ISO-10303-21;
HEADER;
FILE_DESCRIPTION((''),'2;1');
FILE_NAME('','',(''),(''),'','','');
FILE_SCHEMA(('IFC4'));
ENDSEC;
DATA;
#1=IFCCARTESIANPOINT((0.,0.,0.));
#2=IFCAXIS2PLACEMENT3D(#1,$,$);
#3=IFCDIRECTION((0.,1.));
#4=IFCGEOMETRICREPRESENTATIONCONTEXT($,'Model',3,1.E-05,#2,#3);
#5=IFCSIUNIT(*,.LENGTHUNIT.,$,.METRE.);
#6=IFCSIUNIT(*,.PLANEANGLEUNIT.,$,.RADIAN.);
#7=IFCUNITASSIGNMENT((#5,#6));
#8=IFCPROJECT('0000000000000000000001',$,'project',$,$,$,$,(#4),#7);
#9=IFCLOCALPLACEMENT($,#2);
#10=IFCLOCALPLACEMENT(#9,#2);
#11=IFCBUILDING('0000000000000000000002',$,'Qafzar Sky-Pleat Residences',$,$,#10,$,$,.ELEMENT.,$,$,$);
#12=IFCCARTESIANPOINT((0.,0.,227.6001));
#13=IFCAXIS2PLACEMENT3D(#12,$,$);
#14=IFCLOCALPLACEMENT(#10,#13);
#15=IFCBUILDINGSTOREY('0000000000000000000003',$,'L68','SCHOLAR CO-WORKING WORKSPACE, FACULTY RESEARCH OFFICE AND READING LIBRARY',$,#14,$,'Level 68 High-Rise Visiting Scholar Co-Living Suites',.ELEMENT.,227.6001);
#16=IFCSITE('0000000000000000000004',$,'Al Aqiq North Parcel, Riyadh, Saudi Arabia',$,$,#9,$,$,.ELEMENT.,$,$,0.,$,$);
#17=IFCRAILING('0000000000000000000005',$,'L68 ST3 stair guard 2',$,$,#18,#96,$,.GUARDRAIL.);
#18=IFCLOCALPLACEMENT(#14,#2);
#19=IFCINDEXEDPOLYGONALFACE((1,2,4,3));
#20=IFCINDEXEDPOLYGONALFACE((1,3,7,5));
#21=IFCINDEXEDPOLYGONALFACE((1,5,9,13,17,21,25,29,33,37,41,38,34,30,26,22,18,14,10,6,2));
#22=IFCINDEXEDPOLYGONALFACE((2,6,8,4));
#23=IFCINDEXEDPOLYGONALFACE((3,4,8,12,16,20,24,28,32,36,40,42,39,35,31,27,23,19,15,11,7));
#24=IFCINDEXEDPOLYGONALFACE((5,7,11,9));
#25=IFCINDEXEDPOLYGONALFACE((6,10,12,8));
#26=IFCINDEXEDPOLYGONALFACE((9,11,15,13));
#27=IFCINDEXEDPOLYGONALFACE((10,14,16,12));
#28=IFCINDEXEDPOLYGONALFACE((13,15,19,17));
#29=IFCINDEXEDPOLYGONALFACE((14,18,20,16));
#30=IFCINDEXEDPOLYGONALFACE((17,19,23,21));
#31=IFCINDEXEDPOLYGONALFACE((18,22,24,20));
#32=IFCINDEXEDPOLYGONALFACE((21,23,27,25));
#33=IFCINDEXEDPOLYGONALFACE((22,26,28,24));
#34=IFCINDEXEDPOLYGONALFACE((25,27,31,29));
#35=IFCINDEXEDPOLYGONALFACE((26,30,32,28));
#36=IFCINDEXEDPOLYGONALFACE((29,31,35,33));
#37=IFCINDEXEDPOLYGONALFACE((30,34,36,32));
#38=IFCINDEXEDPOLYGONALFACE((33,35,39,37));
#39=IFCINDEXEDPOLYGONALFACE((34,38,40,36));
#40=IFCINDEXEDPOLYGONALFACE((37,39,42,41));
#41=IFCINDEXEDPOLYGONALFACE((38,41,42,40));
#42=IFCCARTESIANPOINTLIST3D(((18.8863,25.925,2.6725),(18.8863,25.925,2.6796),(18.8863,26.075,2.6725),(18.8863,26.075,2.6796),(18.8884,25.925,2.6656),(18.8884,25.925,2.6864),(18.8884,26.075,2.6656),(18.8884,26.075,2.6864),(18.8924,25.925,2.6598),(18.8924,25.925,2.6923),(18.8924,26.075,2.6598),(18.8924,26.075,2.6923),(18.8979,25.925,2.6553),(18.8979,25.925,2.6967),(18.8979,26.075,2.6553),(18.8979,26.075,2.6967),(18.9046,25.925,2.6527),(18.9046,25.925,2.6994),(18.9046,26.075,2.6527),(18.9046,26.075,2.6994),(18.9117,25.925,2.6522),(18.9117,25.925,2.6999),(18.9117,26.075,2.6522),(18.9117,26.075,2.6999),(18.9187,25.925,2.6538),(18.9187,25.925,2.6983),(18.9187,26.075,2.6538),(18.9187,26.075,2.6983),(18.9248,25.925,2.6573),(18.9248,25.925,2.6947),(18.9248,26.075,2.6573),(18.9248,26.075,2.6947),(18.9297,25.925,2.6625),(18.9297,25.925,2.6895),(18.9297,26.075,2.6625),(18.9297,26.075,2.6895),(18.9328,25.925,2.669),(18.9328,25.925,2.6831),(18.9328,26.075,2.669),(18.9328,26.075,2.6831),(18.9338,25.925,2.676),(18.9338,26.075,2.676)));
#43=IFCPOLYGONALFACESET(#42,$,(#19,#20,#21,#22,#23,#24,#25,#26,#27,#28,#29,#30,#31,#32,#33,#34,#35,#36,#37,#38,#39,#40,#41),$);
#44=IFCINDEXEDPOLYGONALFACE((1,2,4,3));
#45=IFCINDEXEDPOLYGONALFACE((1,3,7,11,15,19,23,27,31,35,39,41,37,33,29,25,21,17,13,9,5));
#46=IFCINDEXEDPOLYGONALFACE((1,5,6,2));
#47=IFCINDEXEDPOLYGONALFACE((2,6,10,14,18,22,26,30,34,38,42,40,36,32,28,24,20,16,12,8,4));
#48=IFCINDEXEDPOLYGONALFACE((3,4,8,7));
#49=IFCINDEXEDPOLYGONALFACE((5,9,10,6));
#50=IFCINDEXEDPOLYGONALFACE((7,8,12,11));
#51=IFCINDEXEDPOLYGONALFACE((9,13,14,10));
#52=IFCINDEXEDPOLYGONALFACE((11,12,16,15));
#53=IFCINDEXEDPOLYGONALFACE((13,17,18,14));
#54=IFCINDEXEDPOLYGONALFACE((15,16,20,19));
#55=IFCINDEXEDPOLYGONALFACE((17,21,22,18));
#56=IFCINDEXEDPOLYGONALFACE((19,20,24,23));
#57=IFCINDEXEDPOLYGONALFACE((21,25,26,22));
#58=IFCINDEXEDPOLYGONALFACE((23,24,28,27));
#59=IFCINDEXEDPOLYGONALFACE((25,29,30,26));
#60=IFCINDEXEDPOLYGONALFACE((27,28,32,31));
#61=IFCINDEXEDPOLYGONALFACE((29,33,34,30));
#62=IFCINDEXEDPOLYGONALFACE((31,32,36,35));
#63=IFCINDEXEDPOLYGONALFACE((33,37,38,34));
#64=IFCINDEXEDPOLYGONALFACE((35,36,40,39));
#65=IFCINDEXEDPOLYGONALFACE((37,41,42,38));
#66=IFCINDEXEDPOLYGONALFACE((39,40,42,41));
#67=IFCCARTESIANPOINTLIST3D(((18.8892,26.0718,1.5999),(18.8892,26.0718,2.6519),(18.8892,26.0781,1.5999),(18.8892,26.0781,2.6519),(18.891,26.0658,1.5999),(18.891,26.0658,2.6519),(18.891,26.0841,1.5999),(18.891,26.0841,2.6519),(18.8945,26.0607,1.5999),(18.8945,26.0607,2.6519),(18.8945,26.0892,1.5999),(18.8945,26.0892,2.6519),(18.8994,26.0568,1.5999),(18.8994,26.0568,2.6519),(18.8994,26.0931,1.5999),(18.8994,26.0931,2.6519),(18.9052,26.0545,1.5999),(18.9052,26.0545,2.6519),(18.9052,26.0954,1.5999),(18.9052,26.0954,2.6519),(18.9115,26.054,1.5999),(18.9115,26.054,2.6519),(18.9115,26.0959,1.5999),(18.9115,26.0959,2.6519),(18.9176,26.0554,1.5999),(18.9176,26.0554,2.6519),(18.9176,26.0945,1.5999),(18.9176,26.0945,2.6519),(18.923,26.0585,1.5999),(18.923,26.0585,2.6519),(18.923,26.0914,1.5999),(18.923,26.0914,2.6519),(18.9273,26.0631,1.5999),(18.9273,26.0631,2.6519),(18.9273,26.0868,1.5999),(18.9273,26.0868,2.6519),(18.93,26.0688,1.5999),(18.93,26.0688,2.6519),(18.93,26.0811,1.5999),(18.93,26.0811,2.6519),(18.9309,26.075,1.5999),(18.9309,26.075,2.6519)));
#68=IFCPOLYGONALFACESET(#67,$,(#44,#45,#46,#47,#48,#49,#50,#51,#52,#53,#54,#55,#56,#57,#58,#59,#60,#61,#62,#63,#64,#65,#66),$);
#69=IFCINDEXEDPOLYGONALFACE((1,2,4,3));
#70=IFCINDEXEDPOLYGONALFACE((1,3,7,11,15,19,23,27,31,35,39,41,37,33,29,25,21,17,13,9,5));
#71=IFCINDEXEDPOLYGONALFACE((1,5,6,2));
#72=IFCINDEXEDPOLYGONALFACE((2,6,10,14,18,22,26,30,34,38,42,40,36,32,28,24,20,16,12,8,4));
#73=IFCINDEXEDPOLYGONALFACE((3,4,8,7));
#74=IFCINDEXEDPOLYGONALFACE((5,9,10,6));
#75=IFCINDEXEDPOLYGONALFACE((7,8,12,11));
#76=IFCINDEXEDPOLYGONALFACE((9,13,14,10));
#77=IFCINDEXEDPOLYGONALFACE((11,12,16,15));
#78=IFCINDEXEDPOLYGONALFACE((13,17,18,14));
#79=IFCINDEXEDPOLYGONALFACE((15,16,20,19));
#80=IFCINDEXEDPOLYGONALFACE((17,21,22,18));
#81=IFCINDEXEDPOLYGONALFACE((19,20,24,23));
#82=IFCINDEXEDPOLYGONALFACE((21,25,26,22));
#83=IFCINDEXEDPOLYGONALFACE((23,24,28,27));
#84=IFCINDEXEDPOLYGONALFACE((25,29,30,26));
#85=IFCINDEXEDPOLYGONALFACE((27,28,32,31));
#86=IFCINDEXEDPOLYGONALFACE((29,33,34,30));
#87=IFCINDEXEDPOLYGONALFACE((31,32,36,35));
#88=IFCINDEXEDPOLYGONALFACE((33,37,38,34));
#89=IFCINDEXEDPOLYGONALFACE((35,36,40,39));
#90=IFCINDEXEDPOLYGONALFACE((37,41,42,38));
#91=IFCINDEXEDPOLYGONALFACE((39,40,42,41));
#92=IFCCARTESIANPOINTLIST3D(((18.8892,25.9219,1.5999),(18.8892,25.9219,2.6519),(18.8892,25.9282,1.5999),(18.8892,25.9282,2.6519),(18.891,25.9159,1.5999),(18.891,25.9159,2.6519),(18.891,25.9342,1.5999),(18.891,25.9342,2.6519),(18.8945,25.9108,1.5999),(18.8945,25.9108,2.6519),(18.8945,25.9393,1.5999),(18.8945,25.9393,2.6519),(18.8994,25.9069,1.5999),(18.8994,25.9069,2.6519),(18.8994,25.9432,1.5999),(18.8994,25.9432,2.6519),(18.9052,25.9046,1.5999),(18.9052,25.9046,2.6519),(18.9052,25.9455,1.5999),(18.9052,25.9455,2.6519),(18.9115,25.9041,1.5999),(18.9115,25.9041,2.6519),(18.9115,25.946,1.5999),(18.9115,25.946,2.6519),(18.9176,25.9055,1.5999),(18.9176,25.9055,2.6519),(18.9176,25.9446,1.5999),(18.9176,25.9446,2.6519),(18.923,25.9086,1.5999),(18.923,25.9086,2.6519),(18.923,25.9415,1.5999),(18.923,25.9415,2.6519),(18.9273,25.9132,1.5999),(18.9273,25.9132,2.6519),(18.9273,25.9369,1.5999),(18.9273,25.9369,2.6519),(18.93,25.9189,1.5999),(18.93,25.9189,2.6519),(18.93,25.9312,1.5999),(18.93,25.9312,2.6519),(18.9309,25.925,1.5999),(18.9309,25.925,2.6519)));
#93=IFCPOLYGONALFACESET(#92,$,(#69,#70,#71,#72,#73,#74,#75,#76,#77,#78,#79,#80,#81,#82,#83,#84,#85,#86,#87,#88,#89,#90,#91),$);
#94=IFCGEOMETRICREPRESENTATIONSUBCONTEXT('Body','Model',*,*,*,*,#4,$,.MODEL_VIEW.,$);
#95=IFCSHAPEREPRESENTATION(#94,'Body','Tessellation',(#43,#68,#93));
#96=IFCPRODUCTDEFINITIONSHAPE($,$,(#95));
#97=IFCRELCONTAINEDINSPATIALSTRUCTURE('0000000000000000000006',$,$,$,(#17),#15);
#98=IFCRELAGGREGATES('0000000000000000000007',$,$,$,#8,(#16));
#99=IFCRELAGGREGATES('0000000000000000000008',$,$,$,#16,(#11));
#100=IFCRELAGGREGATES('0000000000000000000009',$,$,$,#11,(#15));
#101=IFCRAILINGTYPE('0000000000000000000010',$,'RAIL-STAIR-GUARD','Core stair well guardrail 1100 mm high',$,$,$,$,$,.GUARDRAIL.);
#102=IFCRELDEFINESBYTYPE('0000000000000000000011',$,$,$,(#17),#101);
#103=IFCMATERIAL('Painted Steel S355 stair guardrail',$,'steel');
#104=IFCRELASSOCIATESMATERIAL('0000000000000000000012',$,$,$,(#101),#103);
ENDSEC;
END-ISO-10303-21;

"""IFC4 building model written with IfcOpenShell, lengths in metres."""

from ifc_helpers import new_model, si_unit, direction, frame, origin, origin_2d, place, context, subcontext, project, spatial, circle, extrude, source, transform, mapped, material, type_object, element, save


model = new_model("IFC4")

# Units and contexts
model_context = context("Model", 3, precision=1e-05, world=origin(), true_north=direction((0.0, 1.0)))
body_context = subcontext(model_context, "Body", "Model", "MODEL_VIEW")
ifc_project = project(units=[si_unit("LENGTHUNIT", "METRE"), si_unit("PLANEANGLEUNIT", "RADIAN")], contexts=[model_context])

# Site, building, storey
site_placement = place(None, origin())
site = spatial("IfcSite", under=ifc_project, at=site_placement, Name="Al Aqiq North Parcel, Riyadh, Saudi Arabia", CompositionType="ELEMENT", RefElevation=0.0)
building_placement = place(site_placement, origin())
building = spatial("IfcBuilding", under=site, at=building_placement, Name="Qafzar Sky-Pleat Residences", CompositionType="ELEMENT")
storey_placement = place(building_placement, frame((0.0, 0.0, 227.6001)))
storey = spatial("IfcBuildingStorey", under=building, at=storey_placement, Name="L68", Description="SCHOLAR CO-WORKING WORKSPACE, FACULTY RESEARCH OFFICE AND READING LIBRARY", LongName="Level 68 High-Rise Visiting Scholar Co-Living Suites", CompositionType="ELEMENT", Elevation=227.6001)

# Railing
ifc_material_1 = material(Name="Painted Steel S355 stair guardrail", Category="steel")
railing_type_1 = type_object("IfcRailingType", Name="RAIL-STAIR-GUARD", Description="Core stair well guardrail 1100 mm high", PredefinedType="GUARDRAIL", material=ifc_material_1)
shared_shape_1 = source(origin(), body_context, "Body", "SweptSolid", [
    extrude(circle(Radius=0.0239, at=origin_2d()), frame((0.0, 0.0, 1.0762), z_axis=(0.0, -1.0, 0.0), x_axis=(1.0, 0.0, 0.0)), (0.0, 0.0, 1.0), 0.1499),
    extrude(circle(Radius=0.021, at=origin_2d()), origin(), (0.0, 0.0, 1.0), 1.052),
    extrude(circle(Radius=0.021, at=origin_2d()), frame((0.0, -0.1499, 0.0)), (0.0, 0.0, 1.0), 1.052),
])
railing_1_placement = place(storey_placement, frame((18.9099, 26.075, 1.5999)))
element("IfcRailing", 1, at=railing_1_placement, inside=storey, type_object=railing_type_1, Name="L68 ST3 stair guard 2", PredefinedType="GUARDRAIL", context=body_context, shape_type="MappedRepresentation", body=[
    mapped(shared_shape_1, transform((0.0, 0.0, 0.0), x_axis=(1.0, 0.0, 0.0), y_axis=(0.0, 1.0, 0.0), z_axis=(0.0, 0.0, 1.0), scale=1.0)),
])

save(model, "model.ifc")
